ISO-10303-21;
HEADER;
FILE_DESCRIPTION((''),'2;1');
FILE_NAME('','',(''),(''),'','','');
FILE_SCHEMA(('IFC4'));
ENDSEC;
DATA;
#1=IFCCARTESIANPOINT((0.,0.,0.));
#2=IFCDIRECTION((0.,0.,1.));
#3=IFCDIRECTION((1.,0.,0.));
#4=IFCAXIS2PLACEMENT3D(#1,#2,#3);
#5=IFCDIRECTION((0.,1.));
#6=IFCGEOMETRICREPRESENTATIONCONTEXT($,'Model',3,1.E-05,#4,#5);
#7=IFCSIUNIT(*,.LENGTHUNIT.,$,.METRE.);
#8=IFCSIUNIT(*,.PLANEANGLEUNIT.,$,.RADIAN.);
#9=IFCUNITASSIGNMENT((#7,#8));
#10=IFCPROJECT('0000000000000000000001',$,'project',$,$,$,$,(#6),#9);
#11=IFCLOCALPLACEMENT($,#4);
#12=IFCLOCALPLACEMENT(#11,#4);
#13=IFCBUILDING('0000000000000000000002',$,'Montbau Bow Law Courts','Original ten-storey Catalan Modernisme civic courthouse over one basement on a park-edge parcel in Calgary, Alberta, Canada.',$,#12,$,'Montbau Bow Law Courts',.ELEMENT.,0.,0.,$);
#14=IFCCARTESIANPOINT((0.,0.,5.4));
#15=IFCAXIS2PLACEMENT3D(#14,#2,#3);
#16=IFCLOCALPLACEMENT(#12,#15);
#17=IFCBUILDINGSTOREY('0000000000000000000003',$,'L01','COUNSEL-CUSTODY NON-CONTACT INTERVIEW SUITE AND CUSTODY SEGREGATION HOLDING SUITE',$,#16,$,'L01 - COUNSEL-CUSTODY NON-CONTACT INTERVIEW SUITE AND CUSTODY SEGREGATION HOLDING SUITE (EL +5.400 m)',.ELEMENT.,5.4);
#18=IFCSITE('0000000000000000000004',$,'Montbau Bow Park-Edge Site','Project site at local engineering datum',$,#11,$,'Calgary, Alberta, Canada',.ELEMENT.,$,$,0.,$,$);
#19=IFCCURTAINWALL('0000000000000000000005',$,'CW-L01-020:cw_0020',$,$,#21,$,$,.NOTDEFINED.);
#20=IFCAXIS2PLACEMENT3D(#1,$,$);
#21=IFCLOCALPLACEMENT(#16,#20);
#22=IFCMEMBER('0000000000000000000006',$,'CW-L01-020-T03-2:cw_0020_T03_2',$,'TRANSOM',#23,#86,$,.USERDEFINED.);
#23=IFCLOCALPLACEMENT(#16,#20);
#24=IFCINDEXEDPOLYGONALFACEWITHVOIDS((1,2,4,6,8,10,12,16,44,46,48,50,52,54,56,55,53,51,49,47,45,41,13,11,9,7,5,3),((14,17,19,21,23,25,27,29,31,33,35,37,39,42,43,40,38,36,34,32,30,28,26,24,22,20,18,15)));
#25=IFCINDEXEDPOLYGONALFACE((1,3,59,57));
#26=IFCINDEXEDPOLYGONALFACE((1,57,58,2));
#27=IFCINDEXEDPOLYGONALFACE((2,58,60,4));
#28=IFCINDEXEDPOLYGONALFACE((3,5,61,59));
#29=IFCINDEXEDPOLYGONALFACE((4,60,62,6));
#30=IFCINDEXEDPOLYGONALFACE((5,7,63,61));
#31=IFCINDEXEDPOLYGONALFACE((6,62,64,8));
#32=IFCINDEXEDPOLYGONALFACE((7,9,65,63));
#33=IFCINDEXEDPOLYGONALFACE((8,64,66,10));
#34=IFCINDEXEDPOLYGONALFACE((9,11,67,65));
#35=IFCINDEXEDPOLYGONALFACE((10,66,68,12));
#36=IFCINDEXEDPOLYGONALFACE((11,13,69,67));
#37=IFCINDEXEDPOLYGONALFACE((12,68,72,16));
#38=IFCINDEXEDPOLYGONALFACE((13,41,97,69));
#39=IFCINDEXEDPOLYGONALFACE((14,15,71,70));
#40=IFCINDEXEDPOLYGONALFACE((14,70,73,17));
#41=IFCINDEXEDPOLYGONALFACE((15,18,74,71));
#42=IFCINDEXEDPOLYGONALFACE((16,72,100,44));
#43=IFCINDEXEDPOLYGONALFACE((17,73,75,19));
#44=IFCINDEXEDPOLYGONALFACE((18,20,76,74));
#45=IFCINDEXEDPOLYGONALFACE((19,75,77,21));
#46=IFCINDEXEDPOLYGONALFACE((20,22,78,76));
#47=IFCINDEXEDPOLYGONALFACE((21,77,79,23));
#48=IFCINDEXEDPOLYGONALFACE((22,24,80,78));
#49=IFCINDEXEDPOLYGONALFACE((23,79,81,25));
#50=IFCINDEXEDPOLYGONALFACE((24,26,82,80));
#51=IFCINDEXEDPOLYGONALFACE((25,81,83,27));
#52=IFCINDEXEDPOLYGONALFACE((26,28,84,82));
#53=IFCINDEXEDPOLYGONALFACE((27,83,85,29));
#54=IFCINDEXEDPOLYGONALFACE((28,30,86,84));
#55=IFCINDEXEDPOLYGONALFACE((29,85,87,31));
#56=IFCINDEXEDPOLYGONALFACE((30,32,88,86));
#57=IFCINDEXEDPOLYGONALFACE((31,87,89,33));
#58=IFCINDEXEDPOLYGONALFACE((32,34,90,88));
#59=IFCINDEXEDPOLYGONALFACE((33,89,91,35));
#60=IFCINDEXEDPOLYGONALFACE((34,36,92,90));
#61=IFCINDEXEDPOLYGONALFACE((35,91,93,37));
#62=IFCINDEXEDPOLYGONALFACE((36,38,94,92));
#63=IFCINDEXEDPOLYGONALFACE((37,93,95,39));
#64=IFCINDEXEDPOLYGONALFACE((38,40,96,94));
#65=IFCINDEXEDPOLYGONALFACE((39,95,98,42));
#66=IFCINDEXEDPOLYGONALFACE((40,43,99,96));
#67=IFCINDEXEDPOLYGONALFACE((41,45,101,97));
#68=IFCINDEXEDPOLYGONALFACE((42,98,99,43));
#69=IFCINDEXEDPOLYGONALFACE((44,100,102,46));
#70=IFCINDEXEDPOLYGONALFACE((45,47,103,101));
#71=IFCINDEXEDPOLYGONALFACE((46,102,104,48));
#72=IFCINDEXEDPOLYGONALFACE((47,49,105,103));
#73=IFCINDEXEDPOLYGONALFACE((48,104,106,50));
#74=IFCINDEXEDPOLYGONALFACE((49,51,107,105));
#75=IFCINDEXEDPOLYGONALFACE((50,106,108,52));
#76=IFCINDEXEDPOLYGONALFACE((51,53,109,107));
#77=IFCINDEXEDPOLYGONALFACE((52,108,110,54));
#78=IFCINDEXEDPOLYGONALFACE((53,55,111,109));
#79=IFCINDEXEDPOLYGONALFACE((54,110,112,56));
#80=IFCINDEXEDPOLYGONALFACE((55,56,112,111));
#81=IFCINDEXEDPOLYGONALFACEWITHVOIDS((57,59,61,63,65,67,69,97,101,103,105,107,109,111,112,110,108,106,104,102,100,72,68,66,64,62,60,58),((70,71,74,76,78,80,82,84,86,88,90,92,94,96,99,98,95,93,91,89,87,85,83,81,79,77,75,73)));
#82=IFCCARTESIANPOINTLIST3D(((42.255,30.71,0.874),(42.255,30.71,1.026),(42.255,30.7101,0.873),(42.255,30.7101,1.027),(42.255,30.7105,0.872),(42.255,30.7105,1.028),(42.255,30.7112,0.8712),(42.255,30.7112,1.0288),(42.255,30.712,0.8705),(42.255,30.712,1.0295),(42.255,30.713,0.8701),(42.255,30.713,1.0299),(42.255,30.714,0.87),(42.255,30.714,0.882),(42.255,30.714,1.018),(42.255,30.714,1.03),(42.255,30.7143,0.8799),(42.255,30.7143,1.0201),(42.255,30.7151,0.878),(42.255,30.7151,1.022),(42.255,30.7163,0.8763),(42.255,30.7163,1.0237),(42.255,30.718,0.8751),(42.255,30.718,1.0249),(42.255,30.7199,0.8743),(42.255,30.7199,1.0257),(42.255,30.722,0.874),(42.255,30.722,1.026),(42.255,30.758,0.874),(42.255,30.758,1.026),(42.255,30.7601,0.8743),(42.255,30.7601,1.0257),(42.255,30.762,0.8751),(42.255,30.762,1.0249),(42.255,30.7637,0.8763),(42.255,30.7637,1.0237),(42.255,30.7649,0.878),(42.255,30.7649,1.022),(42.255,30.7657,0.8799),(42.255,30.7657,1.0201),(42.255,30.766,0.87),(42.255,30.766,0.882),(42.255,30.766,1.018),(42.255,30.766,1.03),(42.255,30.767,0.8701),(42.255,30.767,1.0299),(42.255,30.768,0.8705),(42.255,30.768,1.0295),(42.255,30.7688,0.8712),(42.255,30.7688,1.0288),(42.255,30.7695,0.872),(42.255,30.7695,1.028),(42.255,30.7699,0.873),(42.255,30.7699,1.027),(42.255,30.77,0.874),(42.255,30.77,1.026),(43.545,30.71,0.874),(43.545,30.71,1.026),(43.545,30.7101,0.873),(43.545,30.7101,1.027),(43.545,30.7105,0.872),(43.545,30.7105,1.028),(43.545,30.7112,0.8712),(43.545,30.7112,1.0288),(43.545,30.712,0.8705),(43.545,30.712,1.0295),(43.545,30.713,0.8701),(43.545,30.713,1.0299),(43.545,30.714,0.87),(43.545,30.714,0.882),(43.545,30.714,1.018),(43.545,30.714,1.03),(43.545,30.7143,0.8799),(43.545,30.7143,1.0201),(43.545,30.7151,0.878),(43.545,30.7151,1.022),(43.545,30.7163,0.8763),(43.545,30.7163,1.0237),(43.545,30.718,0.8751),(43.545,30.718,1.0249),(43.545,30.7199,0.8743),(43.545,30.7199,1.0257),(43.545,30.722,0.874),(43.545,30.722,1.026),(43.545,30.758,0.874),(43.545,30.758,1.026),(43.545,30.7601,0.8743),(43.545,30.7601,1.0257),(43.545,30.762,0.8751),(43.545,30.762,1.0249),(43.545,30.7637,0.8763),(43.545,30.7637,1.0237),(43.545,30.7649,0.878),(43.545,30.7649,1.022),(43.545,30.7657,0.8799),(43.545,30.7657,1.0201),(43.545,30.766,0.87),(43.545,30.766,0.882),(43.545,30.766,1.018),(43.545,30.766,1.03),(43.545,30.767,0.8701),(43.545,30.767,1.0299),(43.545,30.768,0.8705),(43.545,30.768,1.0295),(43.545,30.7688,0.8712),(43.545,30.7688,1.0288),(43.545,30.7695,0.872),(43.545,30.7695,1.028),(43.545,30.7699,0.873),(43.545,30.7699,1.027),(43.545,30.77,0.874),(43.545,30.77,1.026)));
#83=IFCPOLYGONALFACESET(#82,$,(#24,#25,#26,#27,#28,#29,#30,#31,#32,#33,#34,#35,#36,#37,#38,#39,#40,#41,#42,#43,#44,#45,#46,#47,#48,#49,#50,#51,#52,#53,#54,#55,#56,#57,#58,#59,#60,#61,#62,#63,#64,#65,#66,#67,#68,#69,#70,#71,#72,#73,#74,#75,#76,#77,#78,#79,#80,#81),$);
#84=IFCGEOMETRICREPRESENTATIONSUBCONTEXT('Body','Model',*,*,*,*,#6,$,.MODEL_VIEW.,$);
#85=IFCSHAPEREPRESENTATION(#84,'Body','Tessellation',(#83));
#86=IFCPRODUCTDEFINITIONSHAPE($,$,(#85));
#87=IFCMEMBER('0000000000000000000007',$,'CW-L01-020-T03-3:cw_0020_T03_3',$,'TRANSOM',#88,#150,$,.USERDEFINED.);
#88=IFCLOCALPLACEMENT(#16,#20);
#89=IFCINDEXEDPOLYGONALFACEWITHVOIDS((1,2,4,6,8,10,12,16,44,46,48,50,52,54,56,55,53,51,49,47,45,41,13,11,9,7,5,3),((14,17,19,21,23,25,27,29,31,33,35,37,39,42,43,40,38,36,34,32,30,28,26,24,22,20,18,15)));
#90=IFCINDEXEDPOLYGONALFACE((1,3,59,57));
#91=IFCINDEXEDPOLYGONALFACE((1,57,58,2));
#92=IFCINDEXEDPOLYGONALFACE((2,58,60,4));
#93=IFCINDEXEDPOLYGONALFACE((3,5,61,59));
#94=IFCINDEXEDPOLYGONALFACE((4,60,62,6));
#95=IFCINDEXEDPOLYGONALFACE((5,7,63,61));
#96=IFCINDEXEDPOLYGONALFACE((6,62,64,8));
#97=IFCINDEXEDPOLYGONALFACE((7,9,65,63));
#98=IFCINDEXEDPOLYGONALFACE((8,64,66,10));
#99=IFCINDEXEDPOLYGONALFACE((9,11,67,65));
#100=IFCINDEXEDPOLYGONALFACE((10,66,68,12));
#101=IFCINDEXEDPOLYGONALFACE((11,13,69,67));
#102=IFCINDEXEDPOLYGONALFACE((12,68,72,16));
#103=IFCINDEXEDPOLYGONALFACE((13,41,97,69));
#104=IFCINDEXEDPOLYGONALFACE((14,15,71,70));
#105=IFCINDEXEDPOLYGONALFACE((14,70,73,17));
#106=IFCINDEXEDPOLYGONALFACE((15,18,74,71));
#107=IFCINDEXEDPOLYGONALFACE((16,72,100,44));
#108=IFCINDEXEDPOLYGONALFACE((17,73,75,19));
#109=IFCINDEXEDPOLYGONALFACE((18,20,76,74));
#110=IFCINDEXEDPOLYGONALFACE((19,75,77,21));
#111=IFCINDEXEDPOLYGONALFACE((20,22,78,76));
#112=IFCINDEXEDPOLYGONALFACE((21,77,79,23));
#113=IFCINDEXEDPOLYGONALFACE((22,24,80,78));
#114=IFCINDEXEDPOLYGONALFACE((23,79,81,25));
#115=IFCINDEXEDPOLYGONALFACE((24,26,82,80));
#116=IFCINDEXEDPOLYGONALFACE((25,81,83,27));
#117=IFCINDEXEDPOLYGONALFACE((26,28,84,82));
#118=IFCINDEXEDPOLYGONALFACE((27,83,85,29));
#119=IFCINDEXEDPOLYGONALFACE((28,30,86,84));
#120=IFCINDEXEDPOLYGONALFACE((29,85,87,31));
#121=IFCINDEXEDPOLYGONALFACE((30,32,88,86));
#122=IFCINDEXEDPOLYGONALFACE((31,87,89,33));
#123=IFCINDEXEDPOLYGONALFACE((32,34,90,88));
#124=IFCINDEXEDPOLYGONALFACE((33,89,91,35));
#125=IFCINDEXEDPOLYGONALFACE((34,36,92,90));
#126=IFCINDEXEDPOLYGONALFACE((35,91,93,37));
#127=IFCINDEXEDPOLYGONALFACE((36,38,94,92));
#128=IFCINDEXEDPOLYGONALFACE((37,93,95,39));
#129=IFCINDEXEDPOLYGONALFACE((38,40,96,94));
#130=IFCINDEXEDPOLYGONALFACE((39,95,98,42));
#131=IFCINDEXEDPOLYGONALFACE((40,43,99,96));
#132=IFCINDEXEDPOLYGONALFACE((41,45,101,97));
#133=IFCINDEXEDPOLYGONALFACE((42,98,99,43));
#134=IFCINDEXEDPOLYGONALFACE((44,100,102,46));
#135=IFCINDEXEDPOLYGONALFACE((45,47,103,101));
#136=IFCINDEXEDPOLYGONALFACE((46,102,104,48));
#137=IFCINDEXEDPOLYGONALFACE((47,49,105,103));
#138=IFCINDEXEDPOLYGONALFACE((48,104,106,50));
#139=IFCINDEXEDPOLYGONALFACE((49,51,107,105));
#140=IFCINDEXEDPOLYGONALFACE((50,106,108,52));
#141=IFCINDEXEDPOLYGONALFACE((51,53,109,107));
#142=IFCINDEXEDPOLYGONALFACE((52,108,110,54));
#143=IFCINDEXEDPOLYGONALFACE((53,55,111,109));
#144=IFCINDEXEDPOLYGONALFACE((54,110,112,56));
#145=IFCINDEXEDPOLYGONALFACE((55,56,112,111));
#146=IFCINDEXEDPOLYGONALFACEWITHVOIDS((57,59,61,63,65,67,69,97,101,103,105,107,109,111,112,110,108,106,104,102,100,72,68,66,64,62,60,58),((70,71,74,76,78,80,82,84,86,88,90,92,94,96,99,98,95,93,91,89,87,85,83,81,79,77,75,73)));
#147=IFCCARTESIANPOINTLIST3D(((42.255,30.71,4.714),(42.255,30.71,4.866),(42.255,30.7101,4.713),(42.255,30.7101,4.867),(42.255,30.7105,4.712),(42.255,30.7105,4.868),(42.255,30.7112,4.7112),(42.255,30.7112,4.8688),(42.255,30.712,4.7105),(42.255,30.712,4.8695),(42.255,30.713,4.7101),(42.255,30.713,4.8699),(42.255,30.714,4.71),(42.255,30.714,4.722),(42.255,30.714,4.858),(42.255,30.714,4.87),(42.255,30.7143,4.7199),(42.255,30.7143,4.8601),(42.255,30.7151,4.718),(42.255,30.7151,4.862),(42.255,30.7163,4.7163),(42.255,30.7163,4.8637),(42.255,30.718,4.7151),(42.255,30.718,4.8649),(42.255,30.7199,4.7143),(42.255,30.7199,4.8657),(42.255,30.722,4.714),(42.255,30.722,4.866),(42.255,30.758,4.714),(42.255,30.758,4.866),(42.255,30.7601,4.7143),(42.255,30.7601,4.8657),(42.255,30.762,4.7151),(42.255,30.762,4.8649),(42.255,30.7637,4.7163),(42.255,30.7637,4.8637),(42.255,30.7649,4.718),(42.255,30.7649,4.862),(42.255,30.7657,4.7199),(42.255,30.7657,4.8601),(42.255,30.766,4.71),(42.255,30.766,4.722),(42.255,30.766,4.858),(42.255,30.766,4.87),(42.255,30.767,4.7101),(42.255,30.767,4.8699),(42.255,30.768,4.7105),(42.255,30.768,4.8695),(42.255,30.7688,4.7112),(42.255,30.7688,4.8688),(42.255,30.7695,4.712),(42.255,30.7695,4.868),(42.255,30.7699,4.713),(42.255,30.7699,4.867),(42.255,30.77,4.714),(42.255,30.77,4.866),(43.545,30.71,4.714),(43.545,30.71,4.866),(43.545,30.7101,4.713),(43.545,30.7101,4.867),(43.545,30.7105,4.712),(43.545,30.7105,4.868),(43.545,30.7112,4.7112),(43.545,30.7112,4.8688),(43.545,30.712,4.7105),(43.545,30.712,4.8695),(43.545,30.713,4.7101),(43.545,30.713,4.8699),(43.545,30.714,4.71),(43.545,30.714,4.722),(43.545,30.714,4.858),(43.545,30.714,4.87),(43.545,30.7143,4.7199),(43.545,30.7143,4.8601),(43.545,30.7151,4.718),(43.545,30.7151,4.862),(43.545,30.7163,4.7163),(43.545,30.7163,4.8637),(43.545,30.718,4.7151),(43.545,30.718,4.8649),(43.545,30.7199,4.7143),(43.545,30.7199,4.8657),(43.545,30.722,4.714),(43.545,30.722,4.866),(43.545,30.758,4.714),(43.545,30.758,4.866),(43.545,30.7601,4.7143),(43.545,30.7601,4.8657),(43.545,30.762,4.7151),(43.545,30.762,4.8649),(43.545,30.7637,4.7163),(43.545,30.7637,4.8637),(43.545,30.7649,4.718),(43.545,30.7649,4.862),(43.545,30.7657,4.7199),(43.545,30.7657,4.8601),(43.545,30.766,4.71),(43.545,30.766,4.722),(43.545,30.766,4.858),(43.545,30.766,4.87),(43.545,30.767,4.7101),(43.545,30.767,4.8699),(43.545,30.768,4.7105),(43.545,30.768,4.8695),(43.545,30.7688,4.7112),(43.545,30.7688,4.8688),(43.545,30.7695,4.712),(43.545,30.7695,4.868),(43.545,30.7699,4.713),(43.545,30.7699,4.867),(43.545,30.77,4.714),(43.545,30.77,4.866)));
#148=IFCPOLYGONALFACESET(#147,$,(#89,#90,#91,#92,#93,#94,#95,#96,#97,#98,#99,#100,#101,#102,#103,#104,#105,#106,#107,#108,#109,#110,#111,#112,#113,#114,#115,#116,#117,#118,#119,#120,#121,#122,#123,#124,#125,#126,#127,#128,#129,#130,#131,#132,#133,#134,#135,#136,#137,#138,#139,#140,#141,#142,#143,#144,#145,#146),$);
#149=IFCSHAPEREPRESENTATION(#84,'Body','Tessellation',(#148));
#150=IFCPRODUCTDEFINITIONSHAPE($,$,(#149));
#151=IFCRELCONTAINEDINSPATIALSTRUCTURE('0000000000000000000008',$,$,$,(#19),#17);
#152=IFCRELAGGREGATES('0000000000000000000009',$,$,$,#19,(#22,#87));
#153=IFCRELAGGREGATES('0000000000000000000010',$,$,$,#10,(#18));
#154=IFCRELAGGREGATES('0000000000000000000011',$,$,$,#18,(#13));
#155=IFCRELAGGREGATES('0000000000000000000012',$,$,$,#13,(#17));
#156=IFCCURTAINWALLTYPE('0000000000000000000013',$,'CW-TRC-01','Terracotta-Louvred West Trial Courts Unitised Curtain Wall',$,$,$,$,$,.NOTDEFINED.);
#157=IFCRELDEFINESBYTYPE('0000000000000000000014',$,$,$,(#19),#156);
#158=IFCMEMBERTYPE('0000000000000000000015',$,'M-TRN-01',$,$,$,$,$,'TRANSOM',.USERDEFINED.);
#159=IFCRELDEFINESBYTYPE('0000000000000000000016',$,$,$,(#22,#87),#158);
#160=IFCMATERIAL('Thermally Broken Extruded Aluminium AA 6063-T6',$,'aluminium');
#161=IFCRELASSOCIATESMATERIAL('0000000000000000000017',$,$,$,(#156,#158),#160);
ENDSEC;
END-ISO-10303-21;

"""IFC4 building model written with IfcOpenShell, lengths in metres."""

from ifc_helpers import new_model, si_unit, direction, frame, origin_with_axes, origin_2d_with_axis, place, context, subcontext, project, spatial, hollow_rectangle, extrude, material, material_profile, profile_set, type_object, element, aggregate, save


model = new_model("IFC4")

# Units and contexts
model_context = context("Model", 3, precision=1e-05, world=origin_with_axes(), true_north=direction((0.0, 1.0)))
body_context = subcontext(model_context, "Body", "Model", "MODEL_VIEW")
ifc_project = project(units=[si_unit("LENGTHUNIT", "METRE"), si_unit("PLANEANGLEUNIT", "RADIAN")], contexts=[model_context])

# Site, building, storey
site_placement = place(None, origin_with_axes())
site = spatial("IfcSite", under=ifc_project, at=site_placement, Name="Montbau Bow Park-Edge Site", Description="Project site at local engineering datum", LongName="Calgary, Alberta, Canada", CompositionType="ELEMENT", RefElevation=0.0)
building_placement = place(site_placement, origin_with_axes())
building = spatial("IfcBuilding", under=site, at=building_placement, Name="Montbau Bow Law Courts", Description="Original ten-storey Catalan Modernisme civic courthouse over one basement on a park-edge parcel in Calgary, Alberta, Canada.", LongName="Montbau Bow Law Courts", CompositionType="ELEMENT", ElevationOfRefHeight=0.0, ElevationOfTerrain=0.0)
storey_placement = place(building_placement, frame((0.0, 0.0, 5.4), z_axis=(0.0, 0.0, 1.0), x_axis=(1.0, 0.0, 0.0)))
storey = spatial("IfcBuildingStorey", under=building, at=storey_placement, Name="L01", Description="COUNSEL-CUSTODY NON-CONTACT INTERVIEW SUITE AND CUSTODY SEGREGATION HOLDING SUITE", LongName="L01 - COUNSEL-CUSTODY NON-CONTACT INTERVIEW SUITE AND CUSTODY SEGREGATION HOLDING SUITE (EL +5.400 m)", CompositionType="ELEMENT", Elevation=5.4)

# Curtain wall
ifc_material_1 = material(Name="Thermally Broken Extruded Aluminium AA 6063-T6", Category="aluminium")
curtain_wall_type = type_object("IfcCurtainWallType", Name="CW-TRC-01", Description="Terracotta-Louvred West Trial Courts Unitised Curtain Wall", PredefinedType="NOTDEFINED", material=ifc_material_1)
curtain_wall_1_placement = place(None, frame((39.515, 30.74, 5.4), z_axis=(0.0, 0.0, 1.0), x_axis=(1.0, 0.0, 0.0)))
curtain_wall_1 = element("IfcCurtainWall", 1, at=curtain_wall_1_placement, inside=storey, type_object=curtain_wall_type, Name="CW-L01-020:cw_0020", PredefinedType="NOTDEFINED")

# Members
ifc_material_profile_1 = material_profile(ifc_material_1, hollow_rectangle(XDim=0.06, YDim=0.16, WallThickness=0.004, InnerFilletRadius=0.008, OuterFilletRadius=0.004, at=origin_2d_with_axis()), Name="CWT-160X60", Category="Main", Priority=0)
ifc_profile_set_1 = profile_set([ifc_material_profile_1], Name="Thermally Broken Extruded Aluminium AA 6063-T6")
member_type_1 = type_object("IfcMemberType", Name="M-TRN-01", ElementType="TRANSOM", PredefinedType="USERDEFINED", material=ifc_profile_set_1)
member_1_placement = place(None, frame((42.255, 30.74, 6.35), z_axis=(1.0, 0.0, 0.0), x_axis=(0.0, 1.0, 0.0)))
member_1 = element("IfcMember", 2, at=member_1_placement, type_object=member_type_1, Name="CW-L01-020-T03-2:cw_0020_T03_2", ObjectType="TRANSOM", PredefinedType="USERDEFINED", context=body_context, shape_type="SweptSolid", body=[
    extrude(hollow_rectangle(XDim=0.06, YDim=0.16, WallThickness=0.004, InnerFilletRadius=0.008, OuterFilletRadius=0.004, at=origin_2d_with_axis()), origin_with_axes(), (0.0, 0.0, 1.0), 1.29),
])
member_2_placement = place(None, frame((42.255, 30.74, 10.19), z_axis=(1.0, 0.0, 0.0), x_axis=(0.0, 1.0, 0.0)))
member_2 = element("IfcMember", 3, at=member_2_placement, type_object=member_type_1, Name="CW-L01-020-T03-3:cw_0020_T03_3", ObjectType="TRANSOM", PredefinedType="USERDEFINED", context=body_context, shape_type="SweptSolid", body=[
    extrude(hollow_rectangle(XDim=0.06, YDim=0.16, WallThickness=0.004, InnerFilletRadius=0.008, OuterFilletRadius=0.004, at=origin_2d_with_axis()), origin_with_axes(), (0.0, 0.0, 1.0), 1.29),
])

aggregate(curtain_wall_1, [member_1, member_2])

save(model, "model.ifc")
